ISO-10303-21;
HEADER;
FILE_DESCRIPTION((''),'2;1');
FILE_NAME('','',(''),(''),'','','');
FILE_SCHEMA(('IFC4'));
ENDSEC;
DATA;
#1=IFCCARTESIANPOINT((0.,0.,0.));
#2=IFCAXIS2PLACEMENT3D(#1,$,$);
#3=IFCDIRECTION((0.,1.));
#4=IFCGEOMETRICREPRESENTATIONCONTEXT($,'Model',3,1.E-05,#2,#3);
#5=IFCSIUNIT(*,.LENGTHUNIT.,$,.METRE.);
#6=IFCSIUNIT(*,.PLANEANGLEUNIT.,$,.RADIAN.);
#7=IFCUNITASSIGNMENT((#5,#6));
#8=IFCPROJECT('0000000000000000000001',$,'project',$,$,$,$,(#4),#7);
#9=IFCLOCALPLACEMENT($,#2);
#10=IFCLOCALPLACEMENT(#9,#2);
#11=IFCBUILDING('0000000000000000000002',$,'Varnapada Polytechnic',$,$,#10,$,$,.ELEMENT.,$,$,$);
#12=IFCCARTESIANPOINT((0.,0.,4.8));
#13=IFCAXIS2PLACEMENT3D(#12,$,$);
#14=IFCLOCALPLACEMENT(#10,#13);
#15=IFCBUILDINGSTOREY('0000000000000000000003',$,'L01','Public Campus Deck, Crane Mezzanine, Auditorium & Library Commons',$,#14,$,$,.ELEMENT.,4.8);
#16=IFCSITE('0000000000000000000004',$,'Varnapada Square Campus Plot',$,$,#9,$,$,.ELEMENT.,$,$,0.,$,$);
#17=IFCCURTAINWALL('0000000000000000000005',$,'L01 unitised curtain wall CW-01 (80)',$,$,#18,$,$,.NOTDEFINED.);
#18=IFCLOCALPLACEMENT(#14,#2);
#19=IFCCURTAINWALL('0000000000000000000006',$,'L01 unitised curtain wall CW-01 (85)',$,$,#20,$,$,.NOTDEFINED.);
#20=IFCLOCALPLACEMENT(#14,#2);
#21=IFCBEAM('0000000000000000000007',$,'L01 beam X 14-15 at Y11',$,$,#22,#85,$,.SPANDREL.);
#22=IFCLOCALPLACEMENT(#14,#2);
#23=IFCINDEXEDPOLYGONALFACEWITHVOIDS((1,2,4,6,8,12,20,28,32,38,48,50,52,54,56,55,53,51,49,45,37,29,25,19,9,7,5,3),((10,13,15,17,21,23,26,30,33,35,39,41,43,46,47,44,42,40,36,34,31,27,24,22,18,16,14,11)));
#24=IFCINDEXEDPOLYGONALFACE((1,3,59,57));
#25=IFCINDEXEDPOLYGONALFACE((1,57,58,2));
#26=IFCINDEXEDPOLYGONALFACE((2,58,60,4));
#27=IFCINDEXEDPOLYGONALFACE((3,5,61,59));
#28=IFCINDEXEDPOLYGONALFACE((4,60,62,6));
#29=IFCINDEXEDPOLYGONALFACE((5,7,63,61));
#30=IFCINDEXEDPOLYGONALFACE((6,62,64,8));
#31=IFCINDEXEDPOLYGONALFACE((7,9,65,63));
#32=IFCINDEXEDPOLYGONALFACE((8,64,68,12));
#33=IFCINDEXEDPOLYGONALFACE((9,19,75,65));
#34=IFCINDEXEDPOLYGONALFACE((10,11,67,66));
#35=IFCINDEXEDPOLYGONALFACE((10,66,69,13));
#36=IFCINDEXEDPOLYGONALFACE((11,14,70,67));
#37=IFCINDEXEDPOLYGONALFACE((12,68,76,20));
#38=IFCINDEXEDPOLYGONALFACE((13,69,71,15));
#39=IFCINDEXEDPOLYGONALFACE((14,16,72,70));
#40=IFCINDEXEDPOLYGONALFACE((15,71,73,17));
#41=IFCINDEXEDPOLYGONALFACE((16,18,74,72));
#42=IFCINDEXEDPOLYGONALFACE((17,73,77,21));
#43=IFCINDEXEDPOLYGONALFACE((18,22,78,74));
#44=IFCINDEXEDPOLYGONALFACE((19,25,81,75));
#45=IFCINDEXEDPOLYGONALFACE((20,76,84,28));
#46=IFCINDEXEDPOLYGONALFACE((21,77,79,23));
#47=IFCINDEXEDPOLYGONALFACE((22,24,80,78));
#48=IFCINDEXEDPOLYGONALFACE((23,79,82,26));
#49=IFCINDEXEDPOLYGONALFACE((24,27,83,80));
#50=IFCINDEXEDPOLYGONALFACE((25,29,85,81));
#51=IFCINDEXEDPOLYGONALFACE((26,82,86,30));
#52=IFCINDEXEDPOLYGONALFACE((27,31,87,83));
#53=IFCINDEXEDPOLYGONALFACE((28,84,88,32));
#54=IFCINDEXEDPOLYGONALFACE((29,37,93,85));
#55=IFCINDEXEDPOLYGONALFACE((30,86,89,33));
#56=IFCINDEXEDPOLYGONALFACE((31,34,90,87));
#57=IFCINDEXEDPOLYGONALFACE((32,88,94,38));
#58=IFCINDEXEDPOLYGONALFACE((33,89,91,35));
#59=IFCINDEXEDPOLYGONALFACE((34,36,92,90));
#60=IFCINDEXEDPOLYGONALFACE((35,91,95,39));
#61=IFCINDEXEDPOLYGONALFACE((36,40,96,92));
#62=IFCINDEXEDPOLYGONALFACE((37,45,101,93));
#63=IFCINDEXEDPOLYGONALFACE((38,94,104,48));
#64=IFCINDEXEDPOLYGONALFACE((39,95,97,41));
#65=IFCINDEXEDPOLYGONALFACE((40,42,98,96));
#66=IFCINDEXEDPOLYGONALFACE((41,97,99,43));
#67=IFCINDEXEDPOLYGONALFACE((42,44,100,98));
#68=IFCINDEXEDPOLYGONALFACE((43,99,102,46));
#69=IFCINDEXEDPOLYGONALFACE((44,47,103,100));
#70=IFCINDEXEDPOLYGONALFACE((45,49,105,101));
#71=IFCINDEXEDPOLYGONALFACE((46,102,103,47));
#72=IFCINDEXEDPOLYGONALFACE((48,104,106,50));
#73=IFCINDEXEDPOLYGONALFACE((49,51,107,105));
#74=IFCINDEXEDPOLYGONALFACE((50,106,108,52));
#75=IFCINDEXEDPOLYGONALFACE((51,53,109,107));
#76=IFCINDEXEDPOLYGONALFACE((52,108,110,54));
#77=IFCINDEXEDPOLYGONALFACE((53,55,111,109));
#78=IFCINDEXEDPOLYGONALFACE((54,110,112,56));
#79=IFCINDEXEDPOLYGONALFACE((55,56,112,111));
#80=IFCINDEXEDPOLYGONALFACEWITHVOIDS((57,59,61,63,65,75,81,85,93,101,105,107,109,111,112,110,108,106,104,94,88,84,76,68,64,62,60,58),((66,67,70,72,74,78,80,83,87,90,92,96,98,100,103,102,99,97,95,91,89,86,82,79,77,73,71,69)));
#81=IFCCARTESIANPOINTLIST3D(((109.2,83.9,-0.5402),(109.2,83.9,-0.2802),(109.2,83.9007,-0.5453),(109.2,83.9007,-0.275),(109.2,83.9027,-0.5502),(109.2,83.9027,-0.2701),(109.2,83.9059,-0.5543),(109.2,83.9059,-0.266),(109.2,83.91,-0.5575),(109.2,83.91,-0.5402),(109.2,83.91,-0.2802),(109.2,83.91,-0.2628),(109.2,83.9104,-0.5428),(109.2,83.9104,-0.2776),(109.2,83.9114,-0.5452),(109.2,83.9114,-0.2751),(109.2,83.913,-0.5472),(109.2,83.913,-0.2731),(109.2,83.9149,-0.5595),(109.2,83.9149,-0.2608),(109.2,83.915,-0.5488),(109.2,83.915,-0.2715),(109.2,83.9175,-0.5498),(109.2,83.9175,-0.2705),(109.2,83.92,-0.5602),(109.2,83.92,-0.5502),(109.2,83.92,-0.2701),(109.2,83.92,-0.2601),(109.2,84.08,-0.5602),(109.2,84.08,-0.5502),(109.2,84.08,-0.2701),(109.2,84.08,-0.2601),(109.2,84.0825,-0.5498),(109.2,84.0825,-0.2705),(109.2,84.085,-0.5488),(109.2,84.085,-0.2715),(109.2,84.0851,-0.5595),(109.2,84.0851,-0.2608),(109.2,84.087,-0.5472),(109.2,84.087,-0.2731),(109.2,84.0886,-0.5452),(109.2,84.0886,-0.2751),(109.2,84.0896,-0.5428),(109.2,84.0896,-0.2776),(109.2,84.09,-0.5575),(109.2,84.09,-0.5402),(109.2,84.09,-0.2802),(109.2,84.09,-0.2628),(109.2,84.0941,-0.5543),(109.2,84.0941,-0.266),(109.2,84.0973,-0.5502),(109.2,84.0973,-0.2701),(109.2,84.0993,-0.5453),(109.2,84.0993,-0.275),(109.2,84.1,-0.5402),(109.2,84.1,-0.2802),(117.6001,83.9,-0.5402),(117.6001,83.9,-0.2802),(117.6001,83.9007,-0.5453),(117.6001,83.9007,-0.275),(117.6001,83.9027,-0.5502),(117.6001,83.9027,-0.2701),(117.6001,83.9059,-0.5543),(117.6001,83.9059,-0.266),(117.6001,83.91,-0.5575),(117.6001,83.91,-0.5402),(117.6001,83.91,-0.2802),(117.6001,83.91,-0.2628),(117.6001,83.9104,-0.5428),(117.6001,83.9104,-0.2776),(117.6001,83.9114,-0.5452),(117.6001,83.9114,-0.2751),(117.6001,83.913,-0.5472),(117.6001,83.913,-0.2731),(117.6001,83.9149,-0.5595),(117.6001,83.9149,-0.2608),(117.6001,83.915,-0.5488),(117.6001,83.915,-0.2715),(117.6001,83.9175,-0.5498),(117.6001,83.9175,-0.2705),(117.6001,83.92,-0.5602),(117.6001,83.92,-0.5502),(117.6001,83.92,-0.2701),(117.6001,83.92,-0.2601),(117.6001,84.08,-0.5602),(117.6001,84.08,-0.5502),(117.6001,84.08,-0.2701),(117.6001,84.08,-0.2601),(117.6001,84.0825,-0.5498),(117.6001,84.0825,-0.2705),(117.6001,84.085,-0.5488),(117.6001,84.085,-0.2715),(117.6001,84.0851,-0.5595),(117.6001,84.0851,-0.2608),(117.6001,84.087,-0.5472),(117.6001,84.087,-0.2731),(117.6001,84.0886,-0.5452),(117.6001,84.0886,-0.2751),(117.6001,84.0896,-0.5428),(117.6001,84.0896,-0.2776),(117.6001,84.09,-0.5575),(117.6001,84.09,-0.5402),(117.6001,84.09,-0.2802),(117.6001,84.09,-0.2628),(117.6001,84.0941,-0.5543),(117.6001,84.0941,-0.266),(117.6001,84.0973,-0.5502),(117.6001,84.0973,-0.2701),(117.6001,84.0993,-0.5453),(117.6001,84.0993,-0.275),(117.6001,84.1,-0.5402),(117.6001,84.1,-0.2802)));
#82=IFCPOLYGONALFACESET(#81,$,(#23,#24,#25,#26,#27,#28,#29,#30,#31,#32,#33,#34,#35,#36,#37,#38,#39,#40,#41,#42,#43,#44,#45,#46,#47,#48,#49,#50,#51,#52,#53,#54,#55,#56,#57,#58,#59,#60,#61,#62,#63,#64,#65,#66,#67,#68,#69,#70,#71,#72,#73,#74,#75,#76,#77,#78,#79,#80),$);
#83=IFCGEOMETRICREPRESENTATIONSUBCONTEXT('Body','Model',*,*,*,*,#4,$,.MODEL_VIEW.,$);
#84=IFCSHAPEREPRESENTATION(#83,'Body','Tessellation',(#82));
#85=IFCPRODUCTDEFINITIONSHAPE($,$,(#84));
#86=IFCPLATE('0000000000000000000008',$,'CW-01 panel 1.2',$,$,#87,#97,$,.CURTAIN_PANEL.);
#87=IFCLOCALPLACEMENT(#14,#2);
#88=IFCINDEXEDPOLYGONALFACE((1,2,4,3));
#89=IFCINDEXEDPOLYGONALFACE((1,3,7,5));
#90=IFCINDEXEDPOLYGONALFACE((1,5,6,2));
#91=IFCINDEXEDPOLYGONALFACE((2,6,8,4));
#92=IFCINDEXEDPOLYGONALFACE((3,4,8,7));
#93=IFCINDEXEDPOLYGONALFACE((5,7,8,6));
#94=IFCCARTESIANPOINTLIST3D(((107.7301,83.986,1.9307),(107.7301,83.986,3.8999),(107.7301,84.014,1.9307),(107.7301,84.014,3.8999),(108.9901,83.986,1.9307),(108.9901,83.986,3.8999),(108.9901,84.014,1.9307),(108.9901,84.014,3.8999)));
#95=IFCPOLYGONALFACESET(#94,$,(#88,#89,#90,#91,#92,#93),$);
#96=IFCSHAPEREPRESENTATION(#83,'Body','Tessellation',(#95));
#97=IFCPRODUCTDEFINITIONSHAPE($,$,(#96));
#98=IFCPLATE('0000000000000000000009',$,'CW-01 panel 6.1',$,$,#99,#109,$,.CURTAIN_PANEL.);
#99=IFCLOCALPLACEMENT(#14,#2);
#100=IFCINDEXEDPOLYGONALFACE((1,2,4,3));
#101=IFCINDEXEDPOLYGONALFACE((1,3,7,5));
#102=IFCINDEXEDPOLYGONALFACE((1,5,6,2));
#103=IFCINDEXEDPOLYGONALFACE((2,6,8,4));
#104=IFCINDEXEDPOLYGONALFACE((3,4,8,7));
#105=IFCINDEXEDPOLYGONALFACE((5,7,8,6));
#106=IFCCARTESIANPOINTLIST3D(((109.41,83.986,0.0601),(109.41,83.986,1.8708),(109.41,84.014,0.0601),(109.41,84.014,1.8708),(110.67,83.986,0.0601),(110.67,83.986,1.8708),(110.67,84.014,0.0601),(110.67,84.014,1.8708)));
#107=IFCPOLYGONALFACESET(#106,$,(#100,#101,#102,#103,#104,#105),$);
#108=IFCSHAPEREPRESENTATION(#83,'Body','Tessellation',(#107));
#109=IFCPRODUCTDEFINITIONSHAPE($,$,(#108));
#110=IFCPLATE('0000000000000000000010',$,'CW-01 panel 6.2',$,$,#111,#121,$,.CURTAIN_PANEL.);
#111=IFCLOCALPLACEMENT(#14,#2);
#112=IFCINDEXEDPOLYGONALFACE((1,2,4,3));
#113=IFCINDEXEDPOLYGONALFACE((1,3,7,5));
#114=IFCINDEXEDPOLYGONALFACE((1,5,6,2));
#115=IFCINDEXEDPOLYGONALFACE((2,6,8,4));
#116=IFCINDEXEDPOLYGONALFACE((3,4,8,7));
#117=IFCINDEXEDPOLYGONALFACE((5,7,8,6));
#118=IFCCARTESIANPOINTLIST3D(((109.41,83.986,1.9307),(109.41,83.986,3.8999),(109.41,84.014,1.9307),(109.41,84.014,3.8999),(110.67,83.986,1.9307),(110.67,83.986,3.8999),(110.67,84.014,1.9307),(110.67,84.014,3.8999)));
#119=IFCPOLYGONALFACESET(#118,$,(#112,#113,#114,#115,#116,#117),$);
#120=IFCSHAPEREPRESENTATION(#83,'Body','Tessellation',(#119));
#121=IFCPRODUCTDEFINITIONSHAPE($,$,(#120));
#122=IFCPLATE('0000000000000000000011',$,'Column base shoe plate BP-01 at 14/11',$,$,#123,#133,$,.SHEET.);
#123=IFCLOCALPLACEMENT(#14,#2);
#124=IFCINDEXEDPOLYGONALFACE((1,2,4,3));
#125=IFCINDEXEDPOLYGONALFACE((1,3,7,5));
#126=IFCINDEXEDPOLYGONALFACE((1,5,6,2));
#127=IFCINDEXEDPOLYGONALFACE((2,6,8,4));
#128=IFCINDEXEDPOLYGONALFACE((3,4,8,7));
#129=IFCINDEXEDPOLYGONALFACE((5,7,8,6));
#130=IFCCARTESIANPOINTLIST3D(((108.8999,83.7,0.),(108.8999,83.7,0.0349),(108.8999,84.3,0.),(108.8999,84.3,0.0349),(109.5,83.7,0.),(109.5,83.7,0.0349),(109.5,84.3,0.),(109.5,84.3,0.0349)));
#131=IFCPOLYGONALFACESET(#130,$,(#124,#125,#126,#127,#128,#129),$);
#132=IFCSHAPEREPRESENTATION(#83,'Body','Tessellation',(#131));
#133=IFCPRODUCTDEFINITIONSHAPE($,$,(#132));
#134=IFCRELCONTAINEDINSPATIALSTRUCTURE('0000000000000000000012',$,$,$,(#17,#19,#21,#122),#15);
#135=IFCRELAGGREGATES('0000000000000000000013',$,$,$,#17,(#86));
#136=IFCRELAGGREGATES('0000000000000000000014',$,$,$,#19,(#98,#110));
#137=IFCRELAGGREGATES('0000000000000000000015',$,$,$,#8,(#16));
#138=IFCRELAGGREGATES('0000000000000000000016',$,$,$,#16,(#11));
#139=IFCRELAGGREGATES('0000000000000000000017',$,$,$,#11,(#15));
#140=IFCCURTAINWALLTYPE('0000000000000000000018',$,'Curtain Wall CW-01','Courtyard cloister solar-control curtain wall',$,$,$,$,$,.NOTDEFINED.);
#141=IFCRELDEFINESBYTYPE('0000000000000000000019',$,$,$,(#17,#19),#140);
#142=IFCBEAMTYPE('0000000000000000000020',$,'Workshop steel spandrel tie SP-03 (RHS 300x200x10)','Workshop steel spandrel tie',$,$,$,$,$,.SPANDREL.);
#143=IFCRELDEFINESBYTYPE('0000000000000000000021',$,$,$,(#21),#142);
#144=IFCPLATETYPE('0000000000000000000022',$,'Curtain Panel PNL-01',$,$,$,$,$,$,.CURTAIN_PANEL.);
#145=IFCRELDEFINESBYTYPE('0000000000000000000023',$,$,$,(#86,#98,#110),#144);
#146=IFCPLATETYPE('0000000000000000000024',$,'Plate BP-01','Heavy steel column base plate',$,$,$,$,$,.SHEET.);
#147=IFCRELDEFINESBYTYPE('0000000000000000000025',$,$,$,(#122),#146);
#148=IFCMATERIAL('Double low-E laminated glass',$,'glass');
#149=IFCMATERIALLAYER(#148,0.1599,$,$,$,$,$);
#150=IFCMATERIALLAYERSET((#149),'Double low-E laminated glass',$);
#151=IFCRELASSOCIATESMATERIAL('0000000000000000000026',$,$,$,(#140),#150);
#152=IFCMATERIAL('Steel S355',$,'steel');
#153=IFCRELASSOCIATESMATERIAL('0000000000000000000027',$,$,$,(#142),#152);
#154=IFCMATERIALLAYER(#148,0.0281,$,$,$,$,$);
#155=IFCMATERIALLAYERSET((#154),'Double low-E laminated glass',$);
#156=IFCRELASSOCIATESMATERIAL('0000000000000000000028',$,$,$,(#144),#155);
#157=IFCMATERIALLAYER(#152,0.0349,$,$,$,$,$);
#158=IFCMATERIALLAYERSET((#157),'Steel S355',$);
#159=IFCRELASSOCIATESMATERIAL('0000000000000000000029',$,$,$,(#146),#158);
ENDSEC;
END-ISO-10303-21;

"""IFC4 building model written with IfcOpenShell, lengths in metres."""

from ifc_helpers import new_model, si_unit, direction, frame, origin, origin_2d, place, context, subcontext, project, spatial, rectangle, hollow_rectangle, extrude, material, layer, layer_set, material_profile, profile_set, type_object, element, aggregate, save


model = new_model("IFC4")

# Units and contexts
model_context = context("Model", 3, precision=1e-05, world=origin(), true_north=direction((0.0, 1.0)))
body_context = subcontext(model_context, "Body", "Model", "MODEL_VIEW")
ifc_project = project(units=[si_unit("LENGTHUNIT", "METRE"), si_unit("PLANEANGLEUNIT", "RADIAN")], contexts=[model_context])

# Site, building, storey
site_placement = place(None, origin())
site = spatial("IfcSite", under=ifc_project, at=site_placement, Name="Varnapada Square Campus Plot", CompositionType="ELEMENT", RefElevation=0.0)
building_placement = place(site_placement, origin())
building = spatial("IfcBuilding", under=site, at=building_placement, Name="Varnapada Polytechnic", CompositionType="ELEMENT")
storey_placement = place(building_placement, frame((0.0, 0.0, 4.8)))
storey = spatial("IfcBuildingStorey", under=building, at=storey_placement, Name="L01", Description="Public Campus Deck, Crane Mezzanine, Auditorium & Library Commons", CompositionType="ELEMENT", Elevation=4.8)

# Shared definitions
ifc_material_1 = material(Name="Steel S355", Category="steel")

# Curtain walls
ifc_material_2 = material(Name="Double low-E laminated glass", Category="glass")
ifc_layer_1 = layer(ifc_material_2, 0.1599)
ifc_layer_set_1 = layer_set([ifc_layer_1], Name="Double low-E laminated glass")
curtain_wall_type = type_object("IfcCurtainWallType", Name="Curtain Wall CW-01", Description="Courtyard cloister solar-control curtain wall", PredefinedType="NOTDEFINED", material=ifc_layer_set_1)
curtain_wall_1_placement = place(storey_placement, origin())
curtain_wall_1 = element("IfcCurtainWall", 1, at=curtain_wall_1_placement, inside=storey, type_object=curtain_wall_type, Name="L01 unitised curtain wall CW-01 (80)", PredefinedType="NOTDEFINED")
curtain_wall_2_placement = place(storey_placement, origin())
curtain_wall_2 = element("IfcCurtainWall", 2, at=curtain_wall_2_placement, inside=storey, type_object=curtain_wall_type, Name="L01 unitised curtain wall CW-01 (85)", PredefinedType="NOTDEFINED")

# Beam
ifc_material_profile_1 = material_profile(ifc_material_1, hollow_rectangle(XDim=0.2, YDim=0.3, WallThickness=0.01, InnerFilletRadius=0.01, OuterFilletRadius=0.02, at=origin_2d()), Name="RHS 300x200x10")
ifc_profile_set_1 = profile_set([ifc_material_profile_1], Name="Steel S355")
beam_type_1 = type_object("IfcBeamType", Name="Workshop steel spandrel tie SP-03 (RHS 300x200x10)", Description="Workshop steel spandrel tie", PredefinedType="SPANDREL", material=ifc_profile_set_1)
beam_1_placement = place(storey_placement, frame((109.2, 84.0, -0.4102), z_axis=(1.0, 0.0, 0.0), x_axis=(0.0, 1.0, 0.0)))
element("IfcBeam", 3, at=beam_1_placement, inside=storey, type_object=beam_type_1, Name="L01 beam X 14-15 at Y11", PredefinedType="SPANDREL", context=body_context, shape_type="SweptSolid", body=[
    extrude(hollow_rectangle(XDim=0.2, YDim=0.3, WallThickness=0.01, InnerFilletRadius=0.01, OuterFilletRadius=0.02, at=origin_2d()), origin(), (0.0, 0.0, 1.0), 8.4001),
])

# Plates
ifc_layer_2 = layer(ifc_material_2, 0.0281)
ifc_layer_set_2 = layer_set([ifc_layer_2], Name="Double low-E laminated glass")
plate_type_1 = type_object("IfcPlateType", Name="Curtain Panel PNL-01", PredefinedType="CURTAIN_PANEL", material=ifc_layer_set_2)
plate_1_placement = place(storey_placement, frame((108.3601, 84.0, 1.9307), z_axis=(0.0, 0.0, 1.0), x_axis=(-1.0, 0.0, 0.0)))
plate_1 = element("IfcPlate", 4, at=plate_1_placement, type_object=plate_type_1, Name="CW-01 panel 1.2", PredefinedType="CURTAIN_PANEL", context=body_context, shape_type="SweptSolid", body=[
    extrude(rectangle(XDim=1.26, YDim=0.0281, at=origin_2d()), origin(), (0.0, 0.0, 1.0), 1.9692),
])
aggregate(curtain_wall_1, [plate_1])
plate_2_placement = place(storey_placement, frame((110.04, 84.0, 0.0601), z_axis=(0.0, 0.0, 1.0), x_axis=(-1.0, 0.0, 0.0)))
plate_2 = element("IfcPlate", 5, at=plate_2_placement, type_object=plate_type_1, Name="CW-01 panel 6.1", PredefinedType="CURTAIN_PANEL", context=body_context, shape_type="SweptSolid", body=[
    extrude(rectangle(XDim=1.26, YDim=0.0281, at=origin_2d()), origin(), (0.0, 0.0, 1.0), 1.8108),
])
plate_3_placement = place(storey_placement, frame((110.04, 84.0, 1.9307), z_axis=(0.0, 0.0, 1.0), x_axis=(-1.0, 0.0, 0.0)))
plate_3 = element("IfcPlate", 6, at=plate_3_placement, type_object=plate_type_1, Name="CW-01 panel 6.2", PredefinedType="CURTAIN_PANEL", context=body_context, shape_type="SweptSolid", body=[
    extrude(rectangle(XDim=1.26, YDim=0.0281, at=origin_2d()), origin(), (0.0, 0.0, 1.0), 1.9692),
])
aggregate(curtain_wall_2, [plate_2, plate_3])
ifc_layer_3 = layer(ifc_material_1, 0.0349)
ifc_layer_set_3 = layer_set([ifc_layer_3], Name="Steel S355")
plate_type_2 = type_object("IfcPlateType", Name="Plate BP-01", Description="Heavy steel column base plate", PredefinedType="SHEET", material=ifc_layer_set_3)
plate_4_placement = place(storey_placement, frame((109.2, 84.0, 0.0), z_axis=(0.0, 0.0, 1.0), x_axis=(1.0, 0.0, 0.0)))
element("IfcPlate", 7, at=plate_4_placement, inside=storey, type_object=plate_type_2, Name="Column base shoe plate BP-01 at 14/11", PredefinedType="SHEET", context=body_context, shape_type="SweptSolid", body=[
    extrude(rectangle(XDim=0.6001, YDim=0.6001, at=origin_2d()), origin(), (0.0, 0.0, 1.0), 0.0349),
])

save(model, "model.ifc")
